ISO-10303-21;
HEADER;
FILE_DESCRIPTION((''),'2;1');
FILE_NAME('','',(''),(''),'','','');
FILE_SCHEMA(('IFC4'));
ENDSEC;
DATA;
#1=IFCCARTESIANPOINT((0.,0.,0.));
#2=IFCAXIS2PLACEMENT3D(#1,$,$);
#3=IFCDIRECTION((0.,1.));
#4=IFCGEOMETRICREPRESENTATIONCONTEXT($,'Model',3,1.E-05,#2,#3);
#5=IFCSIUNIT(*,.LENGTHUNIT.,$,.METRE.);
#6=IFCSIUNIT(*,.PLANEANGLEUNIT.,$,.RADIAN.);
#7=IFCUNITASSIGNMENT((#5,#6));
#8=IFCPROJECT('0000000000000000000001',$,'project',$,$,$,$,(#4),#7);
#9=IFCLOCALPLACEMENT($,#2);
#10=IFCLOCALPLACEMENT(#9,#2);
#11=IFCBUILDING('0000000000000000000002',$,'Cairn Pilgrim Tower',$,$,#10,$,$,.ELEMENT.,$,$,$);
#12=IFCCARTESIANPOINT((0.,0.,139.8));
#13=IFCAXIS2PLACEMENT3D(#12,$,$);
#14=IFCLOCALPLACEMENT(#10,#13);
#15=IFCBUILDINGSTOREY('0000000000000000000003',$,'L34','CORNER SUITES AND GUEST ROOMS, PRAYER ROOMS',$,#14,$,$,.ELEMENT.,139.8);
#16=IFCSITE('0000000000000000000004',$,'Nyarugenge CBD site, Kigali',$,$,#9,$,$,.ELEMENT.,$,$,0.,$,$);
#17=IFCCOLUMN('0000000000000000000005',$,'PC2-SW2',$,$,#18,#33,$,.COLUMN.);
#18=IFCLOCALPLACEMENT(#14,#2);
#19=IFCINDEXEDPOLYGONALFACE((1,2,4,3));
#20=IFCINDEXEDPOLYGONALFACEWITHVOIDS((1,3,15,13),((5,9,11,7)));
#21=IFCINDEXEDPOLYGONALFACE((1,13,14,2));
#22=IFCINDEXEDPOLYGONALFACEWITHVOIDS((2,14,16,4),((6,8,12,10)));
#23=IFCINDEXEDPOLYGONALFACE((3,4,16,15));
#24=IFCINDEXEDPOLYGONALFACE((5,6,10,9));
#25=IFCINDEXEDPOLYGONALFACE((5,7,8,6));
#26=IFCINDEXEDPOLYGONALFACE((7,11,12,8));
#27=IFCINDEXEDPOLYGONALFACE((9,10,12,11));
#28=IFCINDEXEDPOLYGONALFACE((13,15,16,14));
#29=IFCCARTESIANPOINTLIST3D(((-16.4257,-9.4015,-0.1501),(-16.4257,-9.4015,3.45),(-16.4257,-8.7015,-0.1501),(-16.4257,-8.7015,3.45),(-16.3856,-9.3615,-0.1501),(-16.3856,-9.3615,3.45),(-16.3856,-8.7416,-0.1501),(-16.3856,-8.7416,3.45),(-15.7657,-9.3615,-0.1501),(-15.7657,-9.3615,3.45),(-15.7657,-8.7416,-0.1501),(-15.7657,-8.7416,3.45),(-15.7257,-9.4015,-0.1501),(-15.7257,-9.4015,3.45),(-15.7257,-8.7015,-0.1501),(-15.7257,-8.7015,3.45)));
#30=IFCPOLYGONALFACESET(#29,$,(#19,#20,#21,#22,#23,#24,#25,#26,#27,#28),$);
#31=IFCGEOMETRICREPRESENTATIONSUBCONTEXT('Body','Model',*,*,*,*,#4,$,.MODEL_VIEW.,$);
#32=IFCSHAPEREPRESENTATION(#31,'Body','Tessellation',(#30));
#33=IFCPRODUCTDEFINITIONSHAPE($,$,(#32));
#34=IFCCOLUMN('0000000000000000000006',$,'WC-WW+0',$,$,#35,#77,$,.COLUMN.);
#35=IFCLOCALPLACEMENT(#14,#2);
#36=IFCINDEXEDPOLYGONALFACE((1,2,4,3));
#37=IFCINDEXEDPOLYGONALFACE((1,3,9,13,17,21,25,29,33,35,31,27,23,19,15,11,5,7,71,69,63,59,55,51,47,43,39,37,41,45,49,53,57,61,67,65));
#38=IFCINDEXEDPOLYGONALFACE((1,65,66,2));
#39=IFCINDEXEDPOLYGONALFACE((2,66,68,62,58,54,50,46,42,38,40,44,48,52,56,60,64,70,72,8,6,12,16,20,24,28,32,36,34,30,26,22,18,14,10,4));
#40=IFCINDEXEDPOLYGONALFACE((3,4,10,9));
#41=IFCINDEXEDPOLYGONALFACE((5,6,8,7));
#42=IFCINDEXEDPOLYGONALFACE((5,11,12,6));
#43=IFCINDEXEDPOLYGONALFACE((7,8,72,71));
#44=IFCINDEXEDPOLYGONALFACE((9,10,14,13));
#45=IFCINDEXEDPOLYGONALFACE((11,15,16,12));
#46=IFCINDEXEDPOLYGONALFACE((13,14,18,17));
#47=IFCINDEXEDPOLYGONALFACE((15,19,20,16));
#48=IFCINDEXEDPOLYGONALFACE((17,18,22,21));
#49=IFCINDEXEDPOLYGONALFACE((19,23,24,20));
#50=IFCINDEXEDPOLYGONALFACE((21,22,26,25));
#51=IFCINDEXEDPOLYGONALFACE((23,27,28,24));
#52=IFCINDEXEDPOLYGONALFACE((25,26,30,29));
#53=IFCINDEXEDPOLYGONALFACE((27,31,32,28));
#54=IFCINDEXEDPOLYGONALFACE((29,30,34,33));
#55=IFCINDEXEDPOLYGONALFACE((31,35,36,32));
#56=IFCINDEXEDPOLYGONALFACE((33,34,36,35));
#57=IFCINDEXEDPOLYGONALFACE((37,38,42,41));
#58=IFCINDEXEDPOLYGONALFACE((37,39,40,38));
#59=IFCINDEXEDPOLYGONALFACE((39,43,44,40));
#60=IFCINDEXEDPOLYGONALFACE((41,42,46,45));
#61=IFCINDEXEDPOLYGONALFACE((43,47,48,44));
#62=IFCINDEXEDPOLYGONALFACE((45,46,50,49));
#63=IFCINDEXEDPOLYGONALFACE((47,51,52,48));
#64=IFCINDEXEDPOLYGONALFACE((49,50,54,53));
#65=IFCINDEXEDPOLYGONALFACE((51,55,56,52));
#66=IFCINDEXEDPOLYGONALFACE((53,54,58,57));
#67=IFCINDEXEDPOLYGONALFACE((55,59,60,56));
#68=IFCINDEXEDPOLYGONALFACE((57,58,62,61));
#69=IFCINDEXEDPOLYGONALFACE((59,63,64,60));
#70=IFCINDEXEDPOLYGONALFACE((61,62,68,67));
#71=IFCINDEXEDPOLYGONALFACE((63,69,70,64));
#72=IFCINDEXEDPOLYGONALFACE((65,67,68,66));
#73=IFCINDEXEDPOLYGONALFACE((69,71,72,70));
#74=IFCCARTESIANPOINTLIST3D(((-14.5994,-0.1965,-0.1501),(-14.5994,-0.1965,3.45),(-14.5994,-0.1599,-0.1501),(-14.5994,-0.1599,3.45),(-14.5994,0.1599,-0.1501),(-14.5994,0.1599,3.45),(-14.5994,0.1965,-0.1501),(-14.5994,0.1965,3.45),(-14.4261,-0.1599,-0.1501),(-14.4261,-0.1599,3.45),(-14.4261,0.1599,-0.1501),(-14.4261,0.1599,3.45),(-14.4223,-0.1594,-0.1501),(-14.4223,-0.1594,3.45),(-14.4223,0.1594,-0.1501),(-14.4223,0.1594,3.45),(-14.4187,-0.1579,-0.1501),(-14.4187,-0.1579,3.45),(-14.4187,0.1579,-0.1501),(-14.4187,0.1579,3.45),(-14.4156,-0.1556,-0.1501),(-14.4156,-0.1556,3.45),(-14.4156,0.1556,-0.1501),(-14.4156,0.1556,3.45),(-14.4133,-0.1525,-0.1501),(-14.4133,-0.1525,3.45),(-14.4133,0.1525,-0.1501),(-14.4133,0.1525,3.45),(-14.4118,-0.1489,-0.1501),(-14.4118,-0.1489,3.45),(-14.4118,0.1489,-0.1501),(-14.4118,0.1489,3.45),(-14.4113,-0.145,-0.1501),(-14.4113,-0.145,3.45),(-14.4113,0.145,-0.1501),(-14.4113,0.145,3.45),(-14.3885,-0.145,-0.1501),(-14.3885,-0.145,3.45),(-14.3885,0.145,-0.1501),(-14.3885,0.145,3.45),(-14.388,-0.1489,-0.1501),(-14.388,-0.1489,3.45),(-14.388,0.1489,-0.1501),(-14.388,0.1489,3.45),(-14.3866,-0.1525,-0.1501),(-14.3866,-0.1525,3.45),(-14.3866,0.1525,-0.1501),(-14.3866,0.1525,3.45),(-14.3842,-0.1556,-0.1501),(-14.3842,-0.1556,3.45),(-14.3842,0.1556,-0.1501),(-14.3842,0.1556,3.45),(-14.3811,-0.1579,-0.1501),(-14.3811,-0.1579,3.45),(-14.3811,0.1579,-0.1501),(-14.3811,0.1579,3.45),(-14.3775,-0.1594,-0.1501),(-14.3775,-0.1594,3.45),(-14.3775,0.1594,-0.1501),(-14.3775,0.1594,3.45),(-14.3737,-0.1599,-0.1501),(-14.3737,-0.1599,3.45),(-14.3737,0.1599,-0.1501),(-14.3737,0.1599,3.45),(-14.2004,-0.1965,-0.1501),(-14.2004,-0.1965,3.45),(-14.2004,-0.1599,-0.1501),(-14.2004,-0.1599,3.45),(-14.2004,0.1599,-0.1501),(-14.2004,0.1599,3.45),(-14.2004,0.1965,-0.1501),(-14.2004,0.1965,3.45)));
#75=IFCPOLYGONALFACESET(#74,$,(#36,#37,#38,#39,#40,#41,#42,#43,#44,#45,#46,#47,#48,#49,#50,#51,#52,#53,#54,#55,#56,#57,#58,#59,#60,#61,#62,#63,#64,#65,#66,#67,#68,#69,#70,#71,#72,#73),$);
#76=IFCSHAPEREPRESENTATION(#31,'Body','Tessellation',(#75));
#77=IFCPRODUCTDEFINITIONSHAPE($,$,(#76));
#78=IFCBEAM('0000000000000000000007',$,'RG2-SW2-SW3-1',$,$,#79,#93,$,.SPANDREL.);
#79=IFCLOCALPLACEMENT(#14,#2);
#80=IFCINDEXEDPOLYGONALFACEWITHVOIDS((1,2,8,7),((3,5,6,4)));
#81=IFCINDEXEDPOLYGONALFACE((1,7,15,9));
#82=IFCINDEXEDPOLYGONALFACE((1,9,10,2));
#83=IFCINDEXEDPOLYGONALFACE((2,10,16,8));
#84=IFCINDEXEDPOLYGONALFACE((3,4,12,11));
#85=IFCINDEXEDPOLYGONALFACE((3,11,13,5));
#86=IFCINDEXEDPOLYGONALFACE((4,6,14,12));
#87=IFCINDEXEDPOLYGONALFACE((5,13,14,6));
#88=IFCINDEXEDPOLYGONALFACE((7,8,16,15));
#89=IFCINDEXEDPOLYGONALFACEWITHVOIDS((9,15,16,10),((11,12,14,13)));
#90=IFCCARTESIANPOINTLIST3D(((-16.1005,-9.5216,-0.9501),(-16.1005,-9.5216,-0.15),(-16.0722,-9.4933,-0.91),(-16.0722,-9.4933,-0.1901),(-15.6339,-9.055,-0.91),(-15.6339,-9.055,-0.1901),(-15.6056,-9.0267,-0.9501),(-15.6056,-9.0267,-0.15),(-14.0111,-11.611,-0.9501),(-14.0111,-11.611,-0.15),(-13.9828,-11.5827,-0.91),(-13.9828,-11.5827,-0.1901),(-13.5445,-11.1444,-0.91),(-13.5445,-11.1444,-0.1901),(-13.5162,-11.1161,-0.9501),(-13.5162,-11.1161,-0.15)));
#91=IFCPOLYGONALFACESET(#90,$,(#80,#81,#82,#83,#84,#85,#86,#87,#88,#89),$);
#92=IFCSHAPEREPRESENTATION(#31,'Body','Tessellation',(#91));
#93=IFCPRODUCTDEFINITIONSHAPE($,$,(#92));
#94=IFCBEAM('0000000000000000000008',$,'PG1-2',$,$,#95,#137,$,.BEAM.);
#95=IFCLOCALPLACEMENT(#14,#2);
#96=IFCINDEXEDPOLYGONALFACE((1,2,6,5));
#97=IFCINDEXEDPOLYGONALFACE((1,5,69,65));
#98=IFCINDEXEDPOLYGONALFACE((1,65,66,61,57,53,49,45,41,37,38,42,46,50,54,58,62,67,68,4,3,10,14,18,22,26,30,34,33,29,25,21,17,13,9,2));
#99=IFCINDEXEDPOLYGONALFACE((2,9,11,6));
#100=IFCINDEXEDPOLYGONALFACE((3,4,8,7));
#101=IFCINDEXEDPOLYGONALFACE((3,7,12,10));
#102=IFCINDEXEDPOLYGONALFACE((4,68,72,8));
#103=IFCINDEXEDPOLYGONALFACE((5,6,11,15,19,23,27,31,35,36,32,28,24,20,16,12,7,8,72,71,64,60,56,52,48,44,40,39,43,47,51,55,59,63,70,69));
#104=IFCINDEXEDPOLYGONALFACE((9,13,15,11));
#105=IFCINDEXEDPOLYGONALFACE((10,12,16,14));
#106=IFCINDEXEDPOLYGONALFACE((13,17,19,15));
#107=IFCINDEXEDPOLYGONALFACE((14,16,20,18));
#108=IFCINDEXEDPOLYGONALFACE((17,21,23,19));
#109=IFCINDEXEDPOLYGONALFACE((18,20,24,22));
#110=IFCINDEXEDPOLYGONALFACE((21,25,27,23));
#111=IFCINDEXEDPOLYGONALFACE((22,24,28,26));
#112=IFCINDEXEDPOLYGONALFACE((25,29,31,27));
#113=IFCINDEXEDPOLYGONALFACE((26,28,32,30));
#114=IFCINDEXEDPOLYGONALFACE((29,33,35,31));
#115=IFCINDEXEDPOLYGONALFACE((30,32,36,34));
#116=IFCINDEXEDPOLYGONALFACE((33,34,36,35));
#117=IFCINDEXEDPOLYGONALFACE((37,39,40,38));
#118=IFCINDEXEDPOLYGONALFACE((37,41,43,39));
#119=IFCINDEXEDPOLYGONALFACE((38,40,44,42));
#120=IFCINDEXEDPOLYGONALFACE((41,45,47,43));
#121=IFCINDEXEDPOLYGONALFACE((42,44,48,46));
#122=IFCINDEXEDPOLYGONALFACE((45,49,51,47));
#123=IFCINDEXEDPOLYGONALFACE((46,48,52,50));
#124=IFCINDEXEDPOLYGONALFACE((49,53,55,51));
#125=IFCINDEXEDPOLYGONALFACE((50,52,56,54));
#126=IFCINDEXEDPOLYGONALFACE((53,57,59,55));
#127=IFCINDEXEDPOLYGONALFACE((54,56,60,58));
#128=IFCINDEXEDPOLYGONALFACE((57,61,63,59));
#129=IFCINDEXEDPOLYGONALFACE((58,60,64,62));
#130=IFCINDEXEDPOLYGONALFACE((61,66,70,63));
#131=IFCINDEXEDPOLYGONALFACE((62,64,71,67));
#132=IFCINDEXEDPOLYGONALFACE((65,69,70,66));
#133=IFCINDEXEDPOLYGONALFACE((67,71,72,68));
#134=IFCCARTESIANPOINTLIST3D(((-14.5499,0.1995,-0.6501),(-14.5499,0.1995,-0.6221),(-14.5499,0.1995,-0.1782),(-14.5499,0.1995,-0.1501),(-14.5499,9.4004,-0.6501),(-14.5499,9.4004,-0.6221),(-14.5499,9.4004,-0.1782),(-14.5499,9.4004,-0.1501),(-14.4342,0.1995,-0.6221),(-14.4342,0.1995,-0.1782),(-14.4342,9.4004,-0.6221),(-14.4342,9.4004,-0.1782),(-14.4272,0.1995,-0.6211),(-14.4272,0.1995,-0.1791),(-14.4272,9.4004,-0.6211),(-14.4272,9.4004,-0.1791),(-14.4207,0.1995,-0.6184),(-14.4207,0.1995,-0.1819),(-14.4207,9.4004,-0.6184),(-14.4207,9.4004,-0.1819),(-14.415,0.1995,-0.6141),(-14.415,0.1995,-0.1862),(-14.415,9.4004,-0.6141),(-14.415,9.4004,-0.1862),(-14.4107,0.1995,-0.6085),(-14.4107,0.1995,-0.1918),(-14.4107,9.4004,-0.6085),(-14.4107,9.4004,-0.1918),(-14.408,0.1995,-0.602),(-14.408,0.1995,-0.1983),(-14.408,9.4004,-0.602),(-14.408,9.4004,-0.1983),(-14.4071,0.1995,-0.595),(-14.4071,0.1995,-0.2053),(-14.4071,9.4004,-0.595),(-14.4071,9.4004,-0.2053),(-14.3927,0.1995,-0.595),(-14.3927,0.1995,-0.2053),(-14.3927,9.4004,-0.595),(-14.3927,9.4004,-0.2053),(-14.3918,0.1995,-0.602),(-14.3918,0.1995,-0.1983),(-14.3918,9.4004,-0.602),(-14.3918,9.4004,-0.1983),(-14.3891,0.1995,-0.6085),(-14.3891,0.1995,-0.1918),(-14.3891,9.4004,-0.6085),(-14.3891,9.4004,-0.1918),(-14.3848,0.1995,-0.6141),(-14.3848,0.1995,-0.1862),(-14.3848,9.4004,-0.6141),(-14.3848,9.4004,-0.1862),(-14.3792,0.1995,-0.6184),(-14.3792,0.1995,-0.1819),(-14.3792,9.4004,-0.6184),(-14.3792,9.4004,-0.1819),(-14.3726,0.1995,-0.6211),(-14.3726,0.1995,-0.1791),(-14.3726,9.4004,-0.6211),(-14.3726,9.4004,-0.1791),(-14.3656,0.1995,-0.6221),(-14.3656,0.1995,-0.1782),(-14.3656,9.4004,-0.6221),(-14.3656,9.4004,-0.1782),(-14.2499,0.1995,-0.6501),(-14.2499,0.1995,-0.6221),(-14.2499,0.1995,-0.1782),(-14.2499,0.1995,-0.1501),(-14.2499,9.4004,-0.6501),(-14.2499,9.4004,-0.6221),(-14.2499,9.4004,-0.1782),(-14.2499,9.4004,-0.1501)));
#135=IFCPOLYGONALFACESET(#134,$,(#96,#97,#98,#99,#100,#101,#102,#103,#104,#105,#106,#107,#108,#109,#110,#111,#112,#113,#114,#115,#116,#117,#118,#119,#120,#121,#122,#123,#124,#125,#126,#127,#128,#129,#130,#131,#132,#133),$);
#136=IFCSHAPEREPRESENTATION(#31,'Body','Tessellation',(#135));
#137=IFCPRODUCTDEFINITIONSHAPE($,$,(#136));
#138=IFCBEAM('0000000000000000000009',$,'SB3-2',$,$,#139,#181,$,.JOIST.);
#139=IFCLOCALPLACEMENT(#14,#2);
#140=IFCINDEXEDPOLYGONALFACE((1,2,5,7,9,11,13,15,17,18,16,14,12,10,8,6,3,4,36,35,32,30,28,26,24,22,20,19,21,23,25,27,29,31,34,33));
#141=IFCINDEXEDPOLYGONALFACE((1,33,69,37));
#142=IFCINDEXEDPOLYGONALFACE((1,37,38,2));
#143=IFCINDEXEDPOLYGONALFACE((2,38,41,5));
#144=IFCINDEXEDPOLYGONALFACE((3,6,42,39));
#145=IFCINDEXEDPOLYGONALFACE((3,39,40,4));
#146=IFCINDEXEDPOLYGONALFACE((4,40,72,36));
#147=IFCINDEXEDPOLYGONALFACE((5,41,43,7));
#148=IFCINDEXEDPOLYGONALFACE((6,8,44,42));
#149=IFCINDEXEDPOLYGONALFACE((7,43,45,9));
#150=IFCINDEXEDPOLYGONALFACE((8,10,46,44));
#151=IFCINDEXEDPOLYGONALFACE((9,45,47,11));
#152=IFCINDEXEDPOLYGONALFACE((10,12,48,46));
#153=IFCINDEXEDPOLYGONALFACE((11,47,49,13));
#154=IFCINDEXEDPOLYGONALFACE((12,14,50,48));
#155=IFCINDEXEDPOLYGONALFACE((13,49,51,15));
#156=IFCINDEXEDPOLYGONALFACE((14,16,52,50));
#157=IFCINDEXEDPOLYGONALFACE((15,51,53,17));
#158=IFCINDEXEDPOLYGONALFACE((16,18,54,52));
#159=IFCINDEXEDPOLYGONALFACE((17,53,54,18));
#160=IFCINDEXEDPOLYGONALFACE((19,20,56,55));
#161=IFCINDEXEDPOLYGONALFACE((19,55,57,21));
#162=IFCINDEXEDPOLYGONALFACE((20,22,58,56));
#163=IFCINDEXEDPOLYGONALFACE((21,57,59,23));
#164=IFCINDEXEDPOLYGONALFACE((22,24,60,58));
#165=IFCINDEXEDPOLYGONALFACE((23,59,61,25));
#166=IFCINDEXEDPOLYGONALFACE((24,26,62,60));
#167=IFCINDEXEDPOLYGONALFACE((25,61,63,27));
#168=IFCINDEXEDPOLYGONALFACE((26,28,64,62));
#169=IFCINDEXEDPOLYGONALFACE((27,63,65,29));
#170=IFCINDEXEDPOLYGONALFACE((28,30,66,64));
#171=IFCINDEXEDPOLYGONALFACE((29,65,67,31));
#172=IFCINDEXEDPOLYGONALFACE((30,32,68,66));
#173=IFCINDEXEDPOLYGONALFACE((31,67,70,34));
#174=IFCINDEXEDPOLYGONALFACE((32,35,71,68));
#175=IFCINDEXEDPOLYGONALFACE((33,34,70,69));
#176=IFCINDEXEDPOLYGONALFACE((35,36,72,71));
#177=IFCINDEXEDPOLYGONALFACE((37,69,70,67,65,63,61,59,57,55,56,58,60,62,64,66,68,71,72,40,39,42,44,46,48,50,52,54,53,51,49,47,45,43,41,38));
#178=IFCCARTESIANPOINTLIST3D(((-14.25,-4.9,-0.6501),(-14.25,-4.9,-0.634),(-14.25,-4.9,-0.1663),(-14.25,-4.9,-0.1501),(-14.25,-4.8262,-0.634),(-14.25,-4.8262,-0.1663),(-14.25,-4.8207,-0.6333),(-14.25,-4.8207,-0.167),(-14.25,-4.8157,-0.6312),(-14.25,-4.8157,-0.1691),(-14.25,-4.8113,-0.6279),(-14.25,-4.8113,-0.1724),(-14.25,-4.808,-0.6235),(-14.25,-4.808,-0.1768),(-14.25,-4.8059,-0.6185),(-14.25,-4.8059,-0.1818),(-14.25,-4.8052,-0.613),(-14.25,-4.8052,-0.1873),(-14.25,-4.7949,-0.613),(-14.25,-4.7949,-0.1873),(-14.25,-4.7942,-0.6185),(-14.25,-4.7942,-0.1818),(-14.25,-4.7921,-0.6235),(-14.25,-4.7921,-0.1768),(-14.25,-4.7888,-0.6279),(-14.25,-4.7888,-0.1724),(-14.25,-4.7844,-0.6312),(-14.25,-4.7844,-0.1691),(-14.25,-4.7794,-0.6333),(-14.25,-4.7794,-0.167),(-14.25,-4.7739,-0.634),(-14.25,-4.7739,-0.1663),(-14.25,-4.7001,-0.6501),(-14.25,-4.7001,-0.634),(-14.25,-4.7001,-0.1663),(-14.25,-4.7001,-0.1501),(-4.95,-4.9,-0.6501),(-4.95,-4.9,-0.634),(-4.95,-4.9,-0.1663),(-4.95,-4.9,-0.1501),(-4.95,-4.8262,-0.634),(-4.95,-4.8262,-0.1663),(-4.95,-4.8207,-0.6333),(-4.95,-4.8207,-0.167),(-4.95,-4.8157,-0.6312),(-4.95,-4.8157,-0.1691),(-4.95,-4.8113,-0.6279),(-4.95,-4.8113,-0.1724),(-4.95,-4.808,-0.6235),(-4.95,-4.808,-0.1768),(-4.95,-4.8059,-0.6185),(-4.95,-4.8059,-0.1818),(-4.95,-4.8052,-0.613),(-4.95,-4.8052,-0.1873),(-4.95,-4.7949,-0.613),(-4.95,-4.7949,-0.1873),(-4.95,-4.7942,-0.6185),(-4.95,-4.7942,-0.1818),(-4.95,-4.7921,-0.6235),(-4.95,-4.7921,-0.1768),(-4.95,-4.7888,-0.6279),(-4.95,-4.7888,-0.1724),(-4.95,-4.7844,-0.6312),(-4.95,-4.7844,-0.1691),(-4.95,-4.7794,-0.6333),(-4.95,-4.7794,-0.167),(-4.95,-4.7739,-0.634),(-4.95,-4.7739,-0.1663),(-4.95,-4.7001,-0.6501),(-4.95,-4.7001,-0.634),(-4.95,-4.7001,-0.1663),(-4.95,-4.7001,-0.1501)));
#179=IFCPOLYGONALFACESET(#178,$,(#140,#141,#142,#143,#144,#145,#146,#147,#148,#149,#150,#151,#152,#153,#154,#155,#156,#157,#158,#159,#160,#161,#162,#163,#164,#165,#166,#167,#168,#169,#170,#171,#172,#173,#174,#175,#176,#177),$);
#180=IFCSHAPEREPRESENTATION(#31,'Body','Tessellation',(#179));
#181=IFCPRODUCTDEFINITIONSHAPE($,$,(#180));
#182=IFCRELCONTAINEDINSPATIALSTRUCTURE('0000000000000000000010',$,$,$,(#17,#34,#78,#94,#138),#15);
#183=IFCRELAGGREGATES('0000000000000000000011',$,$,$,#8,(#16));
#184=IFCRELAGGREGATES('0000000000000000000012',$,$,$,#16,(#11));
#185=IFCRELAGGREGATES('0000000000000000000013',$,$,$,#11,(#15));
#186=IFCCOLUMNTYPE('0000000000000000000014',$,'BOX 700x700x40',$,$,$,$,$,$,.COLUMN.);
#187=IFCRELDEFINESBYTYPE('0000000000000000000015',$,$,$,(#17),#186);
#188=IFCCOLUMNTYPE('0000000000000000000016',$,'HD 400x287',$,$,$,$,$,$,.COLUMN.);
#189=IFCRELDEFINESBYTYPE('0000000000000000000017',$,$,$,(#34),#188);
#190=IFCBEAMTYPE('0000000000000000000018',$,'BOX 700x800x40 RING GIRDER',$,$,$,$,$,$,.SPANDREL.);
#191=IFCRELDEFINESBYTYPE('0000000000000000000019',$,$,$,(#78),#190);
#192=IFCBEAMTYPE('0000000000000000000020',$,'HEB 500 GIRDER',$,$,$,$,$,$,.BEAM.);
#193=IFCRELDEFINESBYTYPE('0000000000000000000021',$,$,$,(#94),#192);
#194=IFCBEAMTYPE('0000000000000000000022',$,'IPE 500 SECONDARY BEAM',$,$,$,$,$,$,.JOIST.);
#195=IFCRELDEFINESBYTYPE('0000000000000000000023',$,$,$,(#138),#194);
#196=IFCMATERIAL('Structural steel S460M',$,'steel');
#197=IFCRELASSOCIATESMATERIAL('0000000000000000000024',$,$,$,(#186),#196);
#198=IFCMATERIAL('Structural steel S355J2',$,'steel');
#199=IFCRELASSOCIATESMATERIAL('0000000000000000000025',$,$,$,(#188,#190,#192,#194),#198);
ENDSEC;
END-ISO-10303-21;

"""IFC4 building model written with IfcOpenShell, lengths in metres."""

from ifc_helpers import new_model, si_unit, direction, frame, origin, origin_2d, place, context, subcontext, project, spatial, hollow_rectangle, i_section, extrude, material, material_profile, profile_set, type_object, element, save


model = new_model("IFC4")

# Units and contexts
model_context = context("Model", 3, precision=1e-05, world=origin(), true_north=direction((0.0, 1.0)))
body_context = subcontext(model_context, "Body", "Model", "MODEL_VIEW")
ifc_project = project(units=[si_unit("LENGTHUNIT", "METRE"), si_unit("PLANEANGLEUNIT", "RADIAN")], contexts=[model_context])

# Site, building, storey
site_placement = place(None, origin())
site = spatial("IfcSite", under=ifc_project, at=site_placement, Name="Nyarugenge CBD site, Kigali", CompositionType="ELEMENT", RefElevation=0.0)
building_placement = place(site_placement, origin())
building = spatial("IfcBuilding", under=site, at=building_placement, Name="Cairn Pilgrim Tower", CompositionType="ELEMENT")
storey_placement = place(building_placement, frame((0.0, 0.0, 139.8)))
storey = spatial("IfcBuildingStorey", under=building, at=storey_placement, Name="L34", Description="CORNER SUITES AND GUEST ROOMS, PRAYER ROOMS", CompositionType="ELEMENT", Elevation=139.8)

# Columns
ifc_material_1 = material(Name="Structural steel S460M", Category="steel")
ifc_material_profile_1 = material_profile(ifc_material_1, hollow_rectangle(XDim=0.7, YDim=0.7, WallThickness=0.04, at=origin_2d()), Name="BOX 700x700x40")
ifc_profile_set_1 = profile_set([ifc_material_profile_1], Name="Structural steel S460M")
column_type_1 = type_object("IfcColumnType", Name="BOX 700x700x40", PredefinedType="COLUMN", material=ifc_profile_set_1)
column_1_placement = place(storey_placement, frame((-16.0757, -9.0515, -0.1501), z_axis=(0.0, 0.0, 1.0), x_axis=(1.0, 0.0, 0.0)))
element("IfcColumn", 1, at=column_1_placement, inside=storey, type_object=column_type_1, Name="PC2-SW2", PredefinedType="COLUMN", context=body_context, shape_type="SweptSolid", body=[
    extrude(hollow_rectangle(XDim=0.7, YDim=0.7, WallThickness=0.04, at=origin_2d()), origin(), (0.0, 0.0, 1.0), 3.6001),
])
ifc_material_2 = material(Name="Structural steel S355J2", Category="steel")
ifc_material_profile_2 = material_profile(ifc_material_2, i_section(OverallWidth=0.3989, OverallDepth=0.3931, WebThickness=0.0227, FlangeThickness=0.0366, FilletRadius=0.0149, at=origin_2d()), Name="HD 400x287")
ifc_profile_set_2 = profile_set([ifc_material_profile_2], Name="Structural steel S355J2")
column_type_2 = type_object("IfcColumnType", Name="HD 400x287", PredefinedType="COLUMN", material=ifc_profile_set_2)
column_2_placement = place(storey_placement, frame((-14.3999, 0.0, -0.1501), z_axis=(0.0, 0.0, 1.0), x_axis=(1.0, 0.0, 0.0)))
element("IfcColumn", 2, at=column_2_placement, inside=storey, type_object=column_type_2, Name="WC-WW+0", PredefinedType="COLUMN", context=body_context, shape_type="SweptSolid", body=[
    extrude(i_section(OverallWidth=0.3989, OverallDepth=0.3931, WebThickness=0.0227, FlangeThickness=0.0366, FilletRadius=0.0149, at=origin_2d()), origin(), (0.0, 0.0, 1.0), 3.6001),
])

# Beams
ifc_material_profile_3 = material_profile(ifc_material_2, hollow_rectangle(XDim=0.7, YDim=0.8, WallThickness=0.04, at=origin_2d()), Name="BOX 700x800x40")
ifc_profile_set_3 = profile_set([ifc_material_profile_3], Name="Structural steel S355J2")
beam_type_1 = type_object("IfcBeamType", Name="BOX 700x800x40 RING GIRDER", PredefinedType="SPANDREL", material=ifc_profile_set_3)
beam_1_placement = place(storey_placement, frame((-15.853, -9.2742, -0.55), z_axis=(0.707107, -0.707107, 0.0), x_axis=(0.707107, 0.707107, 0.0)))
element("IfcBeam", 3, at=beam_1_placement, inside=storey, type_object=beam_type_1, Name="RG2-SW2-SW3-1", PredefinedType="SPANDREL", context=body_context, shape_type="SweptSolid", body=[
    extrude(hollow_rectangle(XDim=0.7, YDim=0.8, WallThickness=0.04, at=origin_2d()), origin(), (0.0, 0.0, 1.0), 2.9548),
])
ifc_material_profile_4 = material_profile(ifc_material_2, i_section(OverallWidth=0.3, OverallDepth=0.5, WebThickness=0.0144, FlangeThickness=0.0281, FilletRadius=0.0271, at=origin_2d()), Name="HEB 500")
ifc_profile_set_4 = profile_set([ifc_material_profile_4], Name="Structural steel S355J2")
beam_type_2 = type_object("IfcBeamType", Name="HEB 500 GIRDER", PredefinedType="BEAM", material=ifc_profile_set_4)
beam_2_placement = place(storey_placement, frame((-14.3999, 0.1995, -0.4001), z_axis=(0.0, 1.0, 0.0), x_axis=(-1.0, 0.0, 0.0)))
element("IfcBeam", 4, at=beam_2_placement, inside=storey, type_object=beam_type_2, Name="PG1-2", PredefinedType="BEAM", context=body_context, shape_type="SweptSolid", body=[
    extrude(i_section(OverallWidth=0.3, OverallDepth=0.5, WebThickness=0.0144, FlangeThickness=0.0281, FilletRadius=0.0271, at=origin_2d()), origin(), (0.0, 0.0, 1.0), 9.2009),
])
ifc_material_profile_5 = material_profile(ifc_material_2, i_section(OverallWidth=0.2, OverallDepth=0.5, WebThickness=0.0103, FlangeThickness=0.0161, FilletRadius=0.021, at=origin_2d()), Name="IPE 500")
ifc_profile_set_5 = profile_set([ifc_material_profile_5], Name="Structural steel S355J2")
beam_type_3 = type_object("IfcBeamType", Name="IPE 500 SECONDARY BEAM", PredefinedType="JOIST", material=ifc_profile_set_5)
for number, where, z_axis, x_axis, name in (
    (5, (-14.25, -4.8, -0.4001), (1.0, 0.0, 0.0), (0.0, 1.0, 0.0), "SB3-2"),
):
    element("IfcBeam", number, at=place(storey_placement, frame(where, z_axis=z_axis, x_axis=x_axis)), inside=storey, type_object=beam_type_3, Name=name, PredefinedType="JOIST", context=body_context, shape_type="SweptSolid", body=[
        extrude(i_section(OverallWidth=0.2, OverallDepth=0.5, WebThickness=0.0103, FlangeThickness=0.0161, FilletRadius=0.021, at=origin_2d()), origin(), (0.0, 0.0, 1.0), 9.3),
    ])

save(model, "model.ifc")
